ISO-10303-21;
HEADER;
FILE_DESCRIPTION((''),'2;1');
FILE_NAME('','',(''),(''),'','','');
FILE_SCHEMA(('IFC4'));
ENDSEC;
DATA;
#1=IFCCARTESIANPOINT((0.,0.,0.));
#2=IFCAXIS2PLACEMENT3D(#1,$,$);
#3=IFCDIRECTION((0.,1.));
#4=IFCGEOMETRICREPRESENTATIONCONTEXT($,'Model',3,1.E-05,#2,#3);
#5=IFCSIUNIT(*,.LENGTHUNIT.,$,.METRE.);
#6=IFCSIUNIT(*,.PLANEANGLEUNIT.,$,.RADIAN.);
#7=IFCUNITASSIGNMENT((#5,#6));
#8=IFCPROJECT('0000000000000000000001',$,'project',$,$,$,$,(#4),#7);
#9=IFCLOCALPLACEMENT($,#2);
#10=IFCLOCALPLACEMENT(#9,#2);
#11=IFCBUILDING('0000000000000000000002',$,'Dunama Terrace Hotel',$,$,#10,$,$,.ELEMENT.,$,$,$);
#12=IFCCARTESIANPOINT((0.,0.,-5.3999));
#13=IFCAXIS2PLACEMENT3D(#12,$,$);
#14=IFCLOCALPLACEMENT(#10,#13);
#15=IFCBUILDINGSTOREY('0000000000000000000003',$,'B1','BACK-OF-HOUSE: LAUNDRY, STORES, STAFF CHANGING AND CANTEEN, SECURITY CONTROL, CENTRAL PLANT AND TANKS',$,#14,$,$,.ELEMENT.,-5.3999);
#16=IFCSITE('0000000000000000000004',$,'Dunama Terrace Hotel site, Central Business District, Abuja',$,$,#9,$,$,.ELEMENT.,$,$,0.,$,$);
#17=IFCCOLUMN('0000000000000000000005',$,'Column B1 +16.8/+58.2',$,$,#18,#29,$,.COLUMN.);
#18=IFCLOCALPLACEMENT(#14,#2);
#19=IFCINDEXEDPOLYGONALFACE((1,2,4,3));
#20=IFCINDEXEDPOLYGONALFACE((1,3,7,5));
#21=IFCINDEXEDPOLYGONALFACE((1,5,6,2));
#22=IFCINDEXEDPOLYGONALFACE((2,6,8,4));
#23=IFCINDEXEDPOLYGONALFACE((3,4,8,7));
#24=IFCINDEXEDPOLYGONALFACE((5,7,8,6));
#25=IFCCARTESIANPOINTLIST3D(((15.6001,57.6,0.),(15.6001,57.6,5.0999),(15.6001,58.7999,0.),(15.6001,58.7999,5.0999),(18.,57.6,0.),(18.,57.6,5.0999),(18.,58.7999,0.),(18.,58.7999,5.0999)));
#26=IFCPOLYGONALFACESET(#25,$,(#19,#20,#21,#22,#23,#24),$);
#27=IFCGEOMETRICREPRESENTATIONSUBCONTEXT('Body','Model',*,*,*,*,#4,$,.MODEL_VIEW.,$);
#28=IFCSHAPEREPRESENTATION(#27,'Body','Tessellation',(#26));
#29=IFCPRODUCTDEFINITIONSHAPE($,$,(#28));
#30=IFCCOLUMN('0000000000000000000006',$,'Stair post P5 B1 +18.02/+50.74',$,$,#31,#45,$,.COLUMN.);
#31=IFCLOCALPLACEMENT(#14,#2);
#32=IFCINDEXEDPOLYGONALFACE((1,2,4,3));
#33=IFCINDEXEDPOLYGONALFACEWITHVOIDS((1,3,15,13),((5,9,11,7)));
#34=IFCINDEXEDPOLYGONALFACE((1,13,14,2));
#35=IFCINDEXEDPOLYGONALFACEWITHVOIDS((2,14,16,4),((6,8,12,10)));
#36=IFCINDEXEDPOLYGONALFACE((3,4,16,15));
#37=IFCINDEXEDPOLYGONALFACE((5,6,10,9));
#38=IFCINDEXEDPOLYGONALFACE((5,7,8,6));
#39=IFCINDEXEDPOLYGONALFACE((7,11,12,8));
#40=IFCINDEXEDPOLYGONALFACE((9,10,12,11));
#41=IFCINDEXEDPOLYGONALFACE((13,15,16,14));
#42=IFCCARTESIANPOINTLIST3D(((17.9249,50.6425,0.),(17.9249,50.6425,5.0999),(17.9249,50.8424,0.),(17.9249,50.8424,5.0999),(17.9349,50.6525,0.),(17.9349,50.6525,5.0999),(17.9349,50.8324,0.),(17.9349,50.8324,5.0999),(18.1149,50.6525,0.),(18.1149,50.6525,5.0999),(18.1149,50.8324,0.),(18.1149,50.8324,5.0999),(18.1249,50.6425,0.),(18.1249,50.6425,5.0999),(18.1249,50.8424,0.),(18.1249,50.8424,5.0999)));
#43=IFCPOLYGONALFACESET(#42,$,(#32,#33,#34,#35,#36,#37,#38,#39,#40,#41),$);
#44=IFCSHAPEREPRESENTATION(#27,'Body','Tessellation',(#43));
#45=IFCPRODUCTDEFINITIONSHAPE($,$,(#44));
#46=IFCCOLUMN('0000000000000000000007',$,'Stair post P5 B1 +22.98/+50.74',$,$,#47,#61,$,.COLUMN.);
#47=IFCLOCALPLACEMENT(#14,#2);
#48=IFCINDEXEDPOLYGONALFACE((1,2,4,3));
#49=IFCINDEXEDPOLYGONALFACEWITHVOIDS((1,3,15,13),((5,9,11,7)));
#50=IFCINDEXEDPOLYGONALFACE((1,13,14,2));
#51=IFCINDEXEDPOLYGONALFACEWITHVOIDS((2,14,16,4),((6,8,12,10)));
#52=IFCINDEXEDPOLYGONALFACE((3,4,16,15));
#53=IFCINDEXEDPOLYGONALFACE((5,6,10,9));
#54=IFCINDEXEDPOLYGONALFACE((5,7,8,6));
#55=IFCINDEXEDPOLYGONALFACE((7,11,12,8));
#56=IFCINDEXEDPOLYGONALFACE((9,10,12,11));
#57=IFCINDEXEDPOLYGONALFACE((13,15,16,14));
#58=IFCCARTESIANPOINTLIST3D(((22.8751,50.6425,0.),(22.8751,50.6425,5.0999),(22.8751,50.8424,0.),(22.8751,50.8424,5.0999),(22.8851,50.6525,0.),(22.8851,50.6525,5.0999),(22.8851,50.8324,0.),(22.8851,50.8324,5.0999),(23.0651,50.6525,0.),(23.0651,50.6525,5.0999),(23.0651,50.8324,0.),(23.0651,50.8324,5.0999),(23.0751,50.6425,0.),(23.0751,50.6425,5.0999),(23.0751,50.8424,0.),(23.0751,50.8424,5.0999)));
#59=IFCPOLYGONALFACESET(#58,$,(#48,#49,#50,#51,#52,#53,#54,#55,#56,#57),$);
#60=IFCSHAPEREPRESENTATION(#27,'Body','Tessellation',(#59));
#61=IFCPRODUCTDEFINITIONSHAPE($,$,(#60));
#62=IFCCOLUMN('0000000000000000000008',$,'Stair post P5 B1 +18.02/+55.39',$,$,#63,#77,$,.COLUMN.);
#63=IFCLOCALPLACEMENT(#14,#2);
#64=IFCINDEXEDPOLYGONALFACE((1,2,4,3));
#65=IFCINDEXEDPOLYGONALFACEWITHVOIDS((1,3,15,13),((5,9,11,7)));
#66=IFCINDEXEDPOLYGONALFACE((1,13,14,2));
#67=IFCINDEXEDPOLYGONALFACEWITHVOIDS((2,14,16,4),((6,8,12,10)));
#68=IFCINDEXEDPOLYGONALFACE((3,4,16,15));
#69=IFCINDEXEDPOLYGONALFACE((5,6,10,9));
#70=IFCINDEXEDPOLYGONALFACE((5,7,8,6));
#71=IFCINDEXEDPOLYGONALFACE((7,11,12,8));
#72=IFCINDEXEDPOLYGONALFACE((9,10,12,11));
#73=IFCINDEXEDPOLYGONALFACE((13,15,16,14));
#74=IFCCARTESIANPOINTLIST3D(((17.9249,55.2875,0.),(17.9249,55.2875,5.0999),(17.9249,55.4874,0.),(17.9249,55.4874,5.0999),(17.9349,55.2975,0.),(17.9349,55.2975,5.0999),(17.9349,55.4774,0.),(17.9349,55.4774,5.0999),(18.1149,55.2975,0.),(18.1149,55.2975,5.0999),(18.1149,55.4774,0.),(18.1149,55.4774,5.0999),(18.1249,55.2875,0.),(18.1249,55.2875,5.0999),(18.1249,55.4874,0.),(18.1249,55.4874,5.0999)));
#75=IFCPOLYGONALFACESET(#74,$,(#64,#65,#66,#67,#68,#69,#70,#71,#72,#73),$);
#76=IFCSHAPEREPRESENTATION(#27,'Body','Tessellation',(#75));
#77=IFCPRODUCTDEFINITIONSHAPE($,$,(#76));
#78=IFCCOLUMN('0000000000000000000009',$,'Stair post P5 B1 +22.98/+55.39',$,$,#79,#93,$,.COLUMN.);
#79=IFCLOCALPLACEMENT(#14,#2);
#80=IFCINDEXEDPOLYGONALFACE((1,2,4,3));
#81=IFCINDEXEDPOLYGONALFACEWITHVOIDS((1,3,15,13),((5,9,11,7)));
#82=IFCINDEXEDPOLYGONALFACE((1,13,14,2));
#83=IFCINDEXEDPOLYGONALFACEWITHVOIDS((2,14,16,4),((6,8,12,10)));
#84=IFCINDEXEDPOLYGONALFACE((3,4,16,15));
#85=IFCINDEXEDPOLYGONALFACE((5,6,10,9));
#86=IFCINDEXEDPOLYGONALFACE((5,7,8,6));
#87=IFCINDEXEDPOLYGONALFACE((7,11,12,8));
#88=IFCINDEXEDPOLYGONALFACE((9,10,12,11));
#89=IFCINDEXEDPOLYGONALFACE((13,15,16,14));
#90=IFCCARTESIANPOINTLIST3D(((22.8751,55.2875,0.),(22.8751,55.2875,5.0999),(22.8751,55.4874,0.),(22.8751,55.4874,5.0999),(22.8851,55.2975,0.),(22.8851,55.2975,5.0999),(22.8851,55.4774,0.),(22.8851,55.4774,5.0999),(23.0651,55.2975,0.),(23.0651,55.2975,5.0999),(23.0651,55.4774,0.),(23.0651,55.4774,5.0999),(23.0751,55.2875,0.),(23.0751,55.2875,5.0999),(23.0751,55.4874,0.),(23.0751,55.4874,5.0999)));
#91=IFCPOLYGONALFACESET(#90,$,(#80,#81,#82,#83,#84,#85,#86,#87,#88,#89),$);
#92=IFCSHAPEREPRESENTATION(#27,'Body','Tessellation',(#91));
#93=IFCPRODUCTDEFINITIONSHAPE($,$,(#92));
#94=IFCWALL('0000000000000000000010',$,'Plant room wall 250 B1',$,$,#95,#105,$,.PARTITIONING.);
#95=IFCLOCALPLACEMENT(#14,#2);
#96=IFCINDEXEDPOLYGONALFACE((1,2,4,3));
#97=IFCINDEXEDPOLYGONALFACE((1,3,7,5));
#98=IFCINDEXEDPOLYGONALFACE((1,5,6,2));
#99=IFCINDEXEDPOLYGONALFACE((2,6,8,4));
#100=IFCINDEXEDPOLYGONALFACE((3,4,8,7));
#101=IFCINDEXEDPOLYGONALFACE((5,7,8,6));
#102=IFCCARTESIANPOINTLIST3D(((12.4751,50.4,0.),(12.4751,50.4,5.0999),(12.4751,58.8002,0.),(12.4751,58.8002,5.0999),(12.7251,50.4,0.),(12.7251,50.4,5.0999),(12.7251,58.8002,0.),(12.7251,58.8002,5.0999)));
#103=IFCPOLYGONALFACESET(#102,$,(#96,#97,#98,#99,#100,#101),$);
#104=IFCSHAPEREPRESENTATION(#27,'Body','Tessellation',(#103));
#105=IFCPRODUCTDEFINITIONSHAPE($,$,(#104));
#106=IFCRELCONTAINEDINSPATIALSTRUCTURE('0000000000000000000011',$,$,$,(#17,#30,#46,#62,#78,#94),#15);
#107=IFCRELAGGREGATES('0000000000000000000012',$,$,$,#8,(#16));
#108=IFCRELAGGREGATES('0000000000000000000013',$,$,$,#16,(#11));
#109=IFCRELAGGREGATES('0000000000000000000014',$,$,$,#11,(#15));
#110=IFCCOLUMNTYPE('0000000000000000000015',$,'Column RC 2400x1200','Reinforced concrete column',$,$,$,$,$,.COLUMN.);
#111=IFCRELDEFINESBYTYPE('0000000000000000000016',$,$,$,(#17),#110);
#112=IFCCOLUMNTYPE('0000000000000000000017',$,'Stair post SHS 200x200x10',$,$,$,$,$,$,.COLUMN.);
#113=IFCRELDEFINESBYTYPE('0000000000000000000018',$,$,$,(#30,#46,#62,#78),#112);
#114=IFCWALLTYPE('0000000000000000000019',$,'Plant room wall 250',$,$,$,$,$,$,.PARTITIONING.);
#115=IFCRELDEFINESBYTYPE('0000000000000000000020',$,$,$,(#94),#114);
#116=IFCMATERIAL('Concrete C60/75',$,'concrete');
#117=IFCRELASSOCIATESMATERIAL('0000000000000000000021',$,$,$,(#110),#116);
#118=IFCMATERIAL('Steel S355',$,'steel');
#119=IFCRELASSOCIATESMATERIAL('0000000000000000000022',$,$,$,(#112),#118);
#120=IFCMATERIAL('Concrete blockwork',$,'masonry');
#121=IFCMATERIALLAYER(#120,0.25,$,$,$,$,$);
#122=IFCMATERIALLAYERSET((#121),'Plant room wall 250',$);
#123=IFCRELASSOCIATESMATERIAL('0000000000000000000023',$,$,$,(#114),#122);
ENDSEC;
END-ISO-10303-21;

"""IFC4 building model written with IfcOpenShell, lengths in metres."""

from ifc_helpers import new_model, si_unit, direction, frame, frame_2d, origin, origin_2d, place, context, subcontext, project, spatial, rectangle, hollow_rectangle, extrude, material, layer, layer_set, material_profile, profile_set, type_object, element, save


model = new_model("IFC4")

# Units and contexts
model_context = context("Model", 3, precision=1e-05, world=origin(), true_north=direction((0.0, 1.0)))
body_context = subcontext(model_context, "Body", "Model", "MODEL_VIEW")
ifc_project = project(units=[si_unit("LENGTHUNIT", "METRE"), si_unit("PLANEANGLEUNIT", "RADIAN")], contexts=[model_context])

# Site, building, storey
site_placement = place(None, origin())
site = spatial("IfcSite", under=ifc_project, at=site_placement, Name="Dunama Terrace Hotel site, Central Business District, Abuja", CompositionType="ELEMENT", RefElevation=0.0)
building_placement = place(site_placement, origin())
building = spatial("IfcBuilding", under=site, at=building_placement, Name="Dunama Terrace Hotel", CompositionType="ELEMENT")
storey_placement = place(building_placement, frame((0.0, 0.0, -5.3999)))
storey = spatial("IfcBuildingStorey", under=building, at=storey_placement, Name="B1", Description="BACK-OF-HOUSE: LAUNDRY, STORES, STAFF CHANGING AND CANTEEN, SECURITY CONTROL, CENTRAL PLANT AND TANKS", CompositionType="ELEMENT", Elevation=-5.3999)

# Columns
ifc_material_1 = material(Name="Concrete C60/75", Category="concrete")
ifc_material_profile_1 = material_profile(ifc_material_1, rectangle(XDim=2.3999, YDim=1.2, at=origin_2d()), Name="RC 2400x1200")
ifc_profile_set_1 = profile_set([ifc_material_profile_1], Name="Concrete C60/75")
column_type_1 = type_object("IfcColumnType", Name="Column RC 2400x1200", Description="Reinforced concrete column", PredefinedType="COLUMN", material=ifc_profile_set_1)
column_placement = place(storey_placement, frame((16.8, 58.2, 0.0), z_axis=(0.0, 0.0, 1.0), x_axis=(1.0, 0.0, 0.0)))
element("IfcColumn", 1, at=column_placement, inside=storey, type_object=column_type_1, Name="Column B1 +16.8/+58.2", PredefinedType="COLUMN", context=body_context, shape_type="SweptSolid", body=[
    extrude(rectangle(XDim=2.3999, YDim=1.2, at=origin_2d()), origin(), (0.0, 0.0, 1.0), 5.0999),
])
ifc_material_2 = material(Name="Steel S355", Category="steel")
ifc_material_profile_2 = material_profile(ifc_material_2, hollow_rectangle(XDim=0.2, YDim=0.2, WallThickness=0.01, at=origin_2d()), Name="SHS 200x200x10")
ifc_profile_set_2 = profile_set([ifc_material_profile_2], Name="Steel S355")
column_type_2 = type_object("IfcColumnType", Name="Stair post SHS 200x200x10", PredefinedType="COLUMN", material=ifc_profile_set_2)
for number, where, z_axis, x_axis, name in (
    (2, (18.0249, 50.7424, 0.0), (0.0, 0.0, 1.0), (1.0, 0.0, 0.0), "Stair post P5 B1 +18.02/+50.74"),
    (3, (22.9751, 50.7424, 0.0), (0.0, 0.0, 1.0), (1.0, 0.0, 0.0), "Stair post P5 B1 +22.98/+50.74"),
    (4, (18.0249, 55.3875, 0.0), (0.0, 0.0, 1.0), (1.0, 0.0, 0.0), "Stair post P5 B1 +18.02/+55.39"),
    (5, (22.9751, 55.3875, 0.0), (0.0, 0.0, 1.0), (1.0, 0.0, 0.0), "Stair post P5 B1 +22.98/+55.39"),
):
    element("IfcColumn", number, at=place(storey_placement, frame(where, z_axis=z_axis, x_axis=x_axis)), inside=storey, type_object=column_type_2, Name=name, PredefinedType="COLUMN", context=body_context, shape_type="SweptSolid", body=[
        extrude(hollow_rectangle(XDim=0.2, YDim=0.2, WallThickness=0.01, at=origin_2d()), origin(), (0.0, 0.0, 1.0), 5.0999),
    ])

# Wall
ifc_material_3 = material(Name="Concrete blockwork", Category="masonry")
ifc_layer = layer(ifc_material_3, 0.25)
ifc_layer_set = layer_set([ifc_layer], Name="Plant room wall 250")
wall_type = type_object("IfcWallType", Name="Plant room wall 250", PredefinedType="PARTITIONING", material=ifc_layer_set)
wall_placement = place(storey_placement, frame((12.6001, 50.3999, 0.0), z_axis=(0.0, 0.0, 1.0), x_axis=(0.0, 1.0, 0.0)))
element("IfcWall", 6, at=wall_placement, inside=storey, type_object=wall_type, Name="Plant room wall 250 B1", PredefinedType="PARTITIONING", context=body_context, shape_type="SweptSolid", body=[
    extrude(rectangle(XDim=8.4001, YDim=0.25, at=frame_2d((4.2002, 0.0))), origin(), (0.0, 0.0, 1.0), 5.0999),
])

save(model, "model.ifc")
